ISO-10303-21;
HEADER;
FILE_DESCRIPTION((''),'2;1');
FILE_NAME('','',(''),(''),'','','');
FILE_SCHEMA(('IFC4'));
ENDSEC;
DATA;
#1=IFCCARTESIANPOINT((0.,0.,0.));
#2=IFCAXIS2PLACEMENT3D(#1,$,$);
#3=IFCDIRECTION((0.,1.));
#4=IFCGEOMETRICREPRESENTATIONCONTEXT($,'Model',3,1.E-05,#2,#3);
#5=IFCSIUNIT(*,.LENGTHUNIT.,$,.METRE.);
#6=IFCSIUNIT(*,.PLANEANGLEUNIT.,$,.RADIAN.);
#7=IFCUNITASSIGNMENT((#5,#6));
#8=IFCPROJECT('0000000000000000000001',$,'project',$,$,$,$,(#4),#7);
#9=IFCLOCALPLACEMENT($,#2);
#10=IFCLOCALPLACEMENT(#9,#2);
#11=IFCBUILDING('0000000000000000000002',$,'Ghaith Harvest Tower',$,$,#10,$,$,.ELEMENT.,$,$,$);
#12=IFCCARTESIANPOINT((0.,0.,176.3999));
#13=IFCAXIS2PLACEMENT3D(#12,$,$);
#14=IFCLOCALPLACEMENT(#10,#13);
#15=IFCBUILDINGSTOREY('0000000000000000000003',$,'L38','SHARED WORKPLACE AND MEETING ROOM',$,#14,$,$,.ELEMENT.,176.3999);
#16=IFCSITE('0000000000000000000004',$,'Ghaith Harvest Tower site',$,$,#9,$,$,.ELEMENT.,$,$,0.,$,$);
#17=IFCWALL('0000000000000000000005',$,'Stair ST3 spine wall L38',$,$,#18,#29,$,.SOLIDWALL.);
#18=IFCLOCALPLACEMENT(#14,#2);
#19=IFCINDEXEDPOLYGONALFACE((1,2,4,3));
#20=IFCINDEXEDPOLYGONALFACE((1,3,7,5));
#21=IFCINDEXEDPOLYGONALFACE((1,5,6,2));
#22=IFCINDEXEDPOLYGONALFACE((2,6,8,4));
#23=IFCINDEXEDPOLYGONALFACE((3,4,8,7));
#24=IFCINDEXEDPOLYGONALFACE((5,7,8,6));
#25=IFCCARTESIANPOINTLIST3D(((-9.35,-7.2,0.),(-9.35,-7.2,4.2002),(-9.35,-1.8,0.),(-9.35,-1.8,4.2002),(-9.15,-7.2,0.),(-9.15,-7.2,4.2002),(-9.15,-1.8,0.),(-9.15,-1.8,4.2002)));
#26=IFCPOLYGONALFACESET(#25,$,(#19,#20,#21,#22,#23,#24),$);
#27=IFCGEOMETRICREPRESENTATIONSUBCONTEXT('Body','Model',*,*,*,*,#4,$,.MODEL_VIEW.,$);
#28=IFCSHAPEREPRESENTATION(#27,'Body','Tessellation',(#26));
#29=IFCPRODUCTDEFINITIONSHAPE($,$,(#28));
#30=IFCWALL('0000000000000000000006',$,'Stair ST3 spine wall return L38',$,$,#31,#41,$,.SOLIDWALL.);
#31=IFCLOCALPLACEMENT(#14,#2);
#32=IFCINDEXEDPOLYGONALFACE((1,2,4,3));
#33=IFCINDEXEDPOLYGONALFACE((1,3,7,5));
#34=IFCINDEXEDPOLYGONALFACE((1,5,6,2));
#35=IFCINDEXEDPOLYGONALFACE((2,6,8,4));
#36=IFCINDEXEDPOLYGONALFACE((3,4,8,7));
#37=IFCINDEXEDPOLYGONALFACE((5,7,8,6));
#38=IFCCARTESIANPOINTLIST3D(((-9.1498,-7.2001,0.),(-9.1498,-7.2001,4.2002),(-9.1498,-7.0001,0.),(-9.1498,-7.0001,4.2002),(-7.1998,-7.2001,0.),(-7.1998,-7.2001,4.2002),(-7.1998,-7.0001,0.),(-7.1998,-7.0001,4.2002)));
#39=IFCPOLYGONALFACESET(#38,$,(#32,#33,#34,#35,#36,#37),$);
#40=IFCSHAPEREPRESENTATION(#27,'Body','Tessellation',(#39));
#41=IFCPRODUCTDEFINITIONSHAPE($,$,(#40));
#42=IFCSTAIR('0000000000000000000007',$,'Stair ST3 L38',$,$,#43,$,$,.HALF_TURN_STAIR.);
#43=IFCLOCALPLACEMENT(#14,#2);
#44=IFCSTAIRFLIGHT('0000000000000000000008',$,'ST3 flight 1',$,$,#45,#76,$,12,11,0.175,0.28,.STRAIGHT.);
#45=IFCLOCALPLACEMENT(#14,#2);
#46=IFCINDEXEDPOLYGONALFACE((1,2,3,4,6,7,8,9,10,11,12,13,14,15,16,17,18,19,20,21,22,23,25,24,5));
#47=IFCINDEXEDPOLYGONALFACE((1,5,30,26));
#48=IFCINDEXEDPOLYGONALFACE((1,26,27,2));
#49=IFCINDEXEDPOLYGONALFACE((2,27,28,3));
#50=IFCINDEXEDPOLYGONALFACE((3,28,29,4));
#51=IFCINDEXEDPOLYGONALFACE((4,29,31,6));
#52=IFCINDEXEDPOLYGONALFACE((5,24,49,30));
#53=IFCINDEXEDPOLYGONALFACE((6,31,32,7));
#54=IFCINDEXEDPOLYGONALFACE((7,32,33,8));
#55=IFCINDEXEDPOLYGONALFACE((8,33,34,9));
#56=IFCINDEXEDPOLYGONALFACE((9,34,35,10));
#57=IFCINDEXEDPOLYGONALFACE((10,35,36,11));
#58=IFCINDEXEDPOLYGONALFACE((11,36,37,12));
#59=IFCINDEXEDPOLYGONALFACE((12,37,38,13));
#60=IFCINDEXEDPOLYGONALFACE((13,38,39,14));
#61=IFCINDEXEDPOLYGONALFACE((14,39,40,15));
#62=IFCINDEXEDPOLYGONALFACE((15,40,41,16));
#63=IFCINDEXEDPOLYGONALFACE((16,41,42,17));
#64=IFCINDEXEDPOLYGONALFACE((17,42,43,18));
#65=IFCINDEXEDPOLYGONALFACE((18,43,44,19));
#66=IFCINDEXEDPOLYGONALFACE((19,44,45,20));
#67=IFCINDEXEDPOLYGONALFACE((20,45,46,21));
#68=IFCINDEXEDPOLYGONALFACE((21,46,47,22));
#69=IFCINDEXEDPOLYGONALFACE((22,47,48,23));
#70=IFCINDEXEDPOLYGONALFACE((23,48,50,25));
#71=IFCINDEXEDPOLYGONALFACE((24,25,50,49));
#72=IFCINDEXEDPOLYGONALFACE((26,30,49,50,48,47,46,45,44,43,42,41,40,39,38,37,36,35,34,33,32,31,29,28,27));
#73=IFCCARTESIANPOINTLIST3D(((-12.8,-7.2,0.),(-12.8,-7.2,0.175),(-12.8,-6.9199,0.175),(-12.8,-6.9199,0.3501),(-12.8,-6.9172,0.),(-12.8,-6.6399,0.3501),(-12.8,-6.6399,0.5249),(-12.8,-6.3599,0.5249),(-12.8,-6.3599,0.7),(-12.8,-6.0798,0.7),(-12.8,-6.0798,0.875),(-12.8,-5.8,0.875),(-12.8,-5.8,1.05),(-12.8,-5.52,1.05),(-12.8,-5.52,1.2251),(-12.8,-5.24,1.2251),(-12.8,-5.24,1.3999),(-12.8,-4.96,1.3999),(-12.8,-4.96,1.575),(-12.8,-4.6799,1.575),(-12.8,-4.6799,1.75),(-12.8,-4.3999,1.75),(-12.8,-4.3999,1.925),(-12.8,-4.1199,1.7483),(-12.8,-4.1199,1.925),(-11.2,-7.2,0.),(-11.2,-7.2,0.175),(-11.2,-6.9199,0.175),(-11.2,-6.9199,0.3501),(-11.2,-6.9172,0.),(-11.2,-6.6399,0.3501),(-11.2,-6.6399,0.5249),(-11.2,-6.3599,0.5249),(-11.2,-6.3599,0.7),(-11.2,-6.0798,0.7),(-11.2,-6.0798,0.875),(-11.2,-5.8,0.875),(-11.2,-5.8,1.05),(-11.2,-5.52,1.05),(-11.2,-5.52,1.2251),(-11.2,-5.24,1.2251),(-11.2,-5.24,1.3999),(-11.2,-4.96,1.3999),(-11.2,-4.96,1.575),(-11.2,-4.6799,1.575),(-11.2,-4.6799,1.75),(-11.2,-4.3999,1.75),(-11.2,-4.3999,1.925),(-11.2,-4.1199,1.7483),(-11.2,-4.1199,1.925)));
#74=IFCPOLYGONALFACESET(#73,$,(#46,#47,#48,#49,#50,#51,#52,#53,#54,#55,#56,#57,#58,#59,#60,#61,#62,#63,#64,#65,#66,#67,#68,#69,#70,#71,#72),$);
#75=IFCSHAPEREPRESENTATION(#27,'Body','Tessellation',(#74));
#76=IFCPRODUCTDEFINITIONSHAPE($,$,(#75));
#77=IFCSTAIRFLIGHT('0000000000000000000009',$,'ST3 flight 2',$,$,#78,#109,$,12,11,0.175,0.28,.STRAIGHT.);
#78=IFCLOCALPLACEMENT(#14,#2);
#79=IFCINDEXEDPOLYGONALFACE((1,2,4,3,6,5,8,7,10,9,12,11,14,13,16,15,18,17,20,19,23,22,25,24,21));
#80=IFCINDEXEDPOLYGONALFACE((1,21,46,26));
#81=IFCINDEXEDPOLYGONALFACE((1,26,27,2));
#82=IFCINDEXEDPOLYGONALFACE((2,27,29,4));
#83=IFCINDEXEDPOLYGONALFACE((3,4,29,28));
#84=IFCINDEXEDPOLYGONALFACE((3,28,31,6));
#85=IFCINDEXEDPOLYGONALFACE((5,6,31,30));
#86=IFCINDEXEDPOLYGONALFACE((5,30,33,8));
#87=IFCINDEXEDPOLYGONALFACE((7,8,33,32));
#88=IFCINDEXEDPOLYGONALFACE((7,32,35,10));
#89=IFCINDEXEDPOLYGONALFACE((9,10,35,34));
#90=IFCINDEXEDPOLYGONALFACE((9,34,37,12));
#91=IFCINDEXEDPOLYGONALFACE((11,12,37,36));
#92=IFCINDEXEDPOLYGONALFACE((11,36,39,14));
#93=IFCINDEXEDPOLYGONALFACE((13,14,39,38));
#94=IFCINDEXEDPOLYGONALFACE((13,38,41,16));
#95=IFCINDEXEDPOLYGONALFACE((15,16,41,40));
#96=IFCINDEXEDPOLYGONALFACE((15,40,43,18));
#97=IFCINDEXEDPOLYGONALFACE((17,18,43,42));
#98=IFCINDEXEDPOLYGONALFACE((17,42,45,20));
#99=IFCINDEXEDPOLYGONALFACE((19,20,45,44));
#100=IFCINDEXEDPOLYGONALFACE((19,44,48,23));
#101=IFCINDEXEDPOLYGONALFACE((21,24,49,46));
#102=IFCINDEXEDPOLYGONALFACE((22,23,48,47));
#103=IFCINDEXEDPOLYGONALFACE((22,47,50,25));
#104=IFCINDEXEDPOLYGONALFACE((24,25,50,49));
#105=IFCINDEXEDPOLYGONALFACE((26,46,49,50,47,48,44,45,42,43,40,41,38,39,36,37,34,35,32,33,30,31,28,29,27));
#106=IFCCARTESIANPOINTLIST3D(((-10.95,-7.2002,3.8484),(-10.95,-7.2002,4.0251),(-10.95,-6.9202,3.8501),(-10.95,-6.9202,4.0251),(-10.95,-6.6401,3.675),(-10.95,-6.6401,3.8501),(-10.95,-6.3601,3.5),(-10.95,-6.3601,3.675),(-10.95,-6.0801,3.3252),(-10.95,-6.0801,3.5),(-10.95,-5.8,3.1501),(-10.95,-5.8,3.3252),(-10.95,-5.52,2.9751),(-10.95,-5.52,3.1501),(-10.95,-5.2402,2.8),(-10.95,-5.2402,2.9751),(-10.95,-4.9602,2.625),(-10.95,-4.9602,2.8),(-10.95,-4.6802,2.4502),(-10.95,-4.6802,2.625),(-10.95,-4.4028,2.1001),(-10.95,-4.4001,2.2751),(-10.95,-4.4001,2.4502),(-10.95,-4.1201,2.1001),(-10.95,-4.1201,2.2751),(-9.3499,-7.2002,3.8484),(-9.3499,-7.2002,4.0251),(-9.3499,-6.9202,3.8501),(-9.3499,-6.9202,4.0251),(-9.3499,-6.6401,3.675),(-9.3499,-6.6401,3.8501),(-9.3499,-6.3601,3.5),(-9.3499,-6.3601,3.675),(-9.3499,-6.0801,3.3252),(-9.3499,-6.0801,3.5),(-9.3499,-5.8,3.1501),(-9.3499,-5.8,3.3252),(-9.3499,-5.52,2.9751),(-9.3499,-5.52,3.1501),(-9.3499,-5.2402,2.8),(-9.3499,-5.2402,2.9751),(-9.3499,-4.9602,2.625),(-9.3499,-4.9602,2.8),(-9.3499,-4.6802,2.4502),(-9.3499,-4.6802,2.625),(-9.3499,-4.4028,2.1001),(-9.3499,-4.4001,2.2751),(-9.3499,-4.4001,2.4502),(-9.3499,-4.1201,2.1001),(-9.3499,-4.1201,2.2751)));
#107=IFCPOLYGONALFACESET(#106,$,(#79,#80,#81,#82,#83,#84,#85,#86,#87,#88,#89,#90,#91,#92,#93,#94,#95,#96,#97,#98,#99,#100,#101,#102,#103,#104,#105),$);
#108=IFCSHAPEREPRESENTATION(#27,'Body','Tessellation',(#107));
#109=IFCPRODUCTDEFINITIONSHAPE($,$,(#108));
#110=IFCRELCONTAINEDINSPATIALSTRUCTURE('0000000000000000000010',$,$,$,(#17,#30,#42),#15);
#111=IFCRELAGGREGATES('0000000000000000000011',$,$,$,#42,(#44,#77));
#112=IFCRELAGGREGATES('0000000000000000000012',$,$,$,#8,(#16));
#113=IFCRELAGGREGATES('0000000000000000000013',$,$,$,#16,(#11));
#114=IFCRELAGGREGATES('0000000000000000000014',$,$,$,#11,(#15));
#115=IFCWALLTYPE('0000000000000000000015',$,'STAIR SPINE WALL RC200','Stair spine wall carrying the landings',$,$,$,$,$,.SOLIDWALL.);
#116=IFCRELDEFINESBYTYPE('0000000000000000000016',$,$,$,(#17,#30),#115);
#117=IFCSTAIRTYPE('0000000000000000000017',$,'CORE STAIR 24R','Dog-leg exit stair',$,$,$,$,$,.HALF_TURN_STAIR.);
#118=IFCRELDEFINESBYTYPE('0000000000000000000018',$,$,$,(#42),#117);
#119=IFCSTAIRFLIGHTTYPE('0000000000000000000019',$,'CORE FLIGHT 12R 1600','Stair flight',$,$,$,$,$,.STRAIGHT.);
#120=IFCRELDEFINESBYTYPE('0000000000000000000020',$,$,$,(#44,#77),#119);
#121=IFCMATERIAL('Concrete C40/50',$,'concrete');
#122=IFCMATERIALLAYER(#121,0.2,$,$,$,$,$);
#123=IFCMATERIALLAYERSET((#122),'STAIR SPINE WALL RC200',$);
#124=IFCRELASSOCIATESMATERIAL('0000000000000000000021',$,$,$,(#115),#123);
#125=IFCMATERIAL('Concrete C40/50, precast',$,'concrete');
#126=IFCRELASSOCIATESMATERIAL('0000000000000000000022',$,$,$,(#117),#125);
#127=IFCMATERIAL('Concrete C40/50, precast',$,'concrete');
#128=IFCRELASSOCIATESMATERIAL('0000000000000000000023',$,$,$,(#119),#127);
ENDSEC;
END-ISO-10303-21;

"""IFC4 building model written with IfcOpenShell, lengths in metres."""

from ifc_helpers import new_model, si_unit, direction, frame, frame_2d, origin, place, context, subcontext, project, spatial, polyline, rectangle, outline, extrude, material, layer, layer_set, type_object, element, aggregate, save


model = new_model("IFC4")

# Units and contexts
model_context = context("Model", 3, precision=1e-05, world=origin(), true_north=direction((0.0, 1.0)))
body_context = subcontext(model_context, "Body", "Model", "MODEL_VIEW")
ifc_project = project(units=[si_unit("LENGTHUNIT", "METRE"), si_unit("PLANEANGLEUNIT", "RADIAN")], contexts=[model_context])

# Site, building, storey
site_placement = place(None, origin())
site = spatial("IfcSite", under=ifc_project, at=site_placement, Name="Ghaith Harvest Tower site", CompositionType="ELEMENT", RefElevation=0.0)
building_placement = place(site_placement, origin())
building = spatial("IfcBuilding", under=site, at=building_placement, Name="Ghaith Harvest Tower", CompositionType="ELEMENT")
storey_placement = place(building_placement, frame((0.0, 0.0, 176.3999)))
storey = spatial("IfcBuildingStorey", under=building, at=storey_placement, Name="L38", Description="SHARED WORKPLACE AND MEETING ROOM", CompositionType="ELEMENT", Elevation=176.3999)

# Walls
ifc_material_1 = material(Name="Concrete C40/50", Category="concrete")
ifc_layer_1 = layer(ifc_material_1, 0.2)
ifc_layer_set_1 = layer_set([ifc_layer_1], Name="STAIR SPINE WALL RC200")
wall_type_1 = type_object("IfcWallType", Name="STAIR SPINE WALL RC200", Description="Stair spine wall carrying the landings", PredefinedType="SOLIDWALL", material=ifc_layer_set_1)
wall_1_placement = place(storey_placement, frame((-9.25, -7.2, 0.0), z_axis=(0.0, 0.0, 1.0), x_axis=(0.0, 1.0, 0.0)))
element("IfcWall", 1, at=wall_1_placement, inside=storey, type_object=wall_type_1, Name="Stair ST3 spine wall L38", PredefinedType="SOLIDWALL", context=body_context, shape_type="SweptSolid", body=[
    extrude(rectangle(XDim=5.3999, YDim=0.2, at=frame_2d((2.7, 0.0))), origin(), (0.0, 0.0, 1.0), 4.2002),
])
wall_2_placement = place(storey_placement, frame((-9.1499, -7.1001, 0.0), z_axis=(0.0, 0.0, 1.0), x_axis=(1.0, 0.0, 0.0)))
element("IfcWall", 2, at=wall_2_placement, inside=storey, type_object=wall_type_1, Name="Stair ST3 spine wall return L38", PredefinedType="SOLIDWALL", context=body_context, shape_type="SweptSolid", body=[
    extrude(rectangle(XDim=1.95, YDim=0.2, at=frame_2d((0.9751, 0.0))), origin(), (0.0, 0.0, 1.0), 4.2002),
])

# Stair, stair flights
ifc_material_2 = material(Name="Concrete C40/50, precast", Category="concrete")
stair_type = type_object("IfcStairType", Name="CORE STAIR 24R", Description="Dog-leg exit stair", PredefinedType="HALF_TURN_STAIR", material=ifc_material_2)
stair_placement = place(storey_placement, origin())
stair = element("IfcStair", 3, at=stair_placement, inside=storey, type_object=stair_type, Name="Stair ST3 L38", PredefinedType="HALF_TURN_STAIR")
ifc_material_3 = material(Name="Concrete C40/50, precast", Category="concrete")
stair_flight_type = type_object("IfcStairFlightType", Name="CORE FLIGHT 12R 1600", Description="Stair flight", PredefinedType="STRAIGHT", material=ifc_material_3)
stair_flight_1_placement = place(storey_placement, frame((-12.0, -7.2, 0.0), z_axis=(0.0, 0.0, 1.0), x_axis=(0.0, 1.0, 0.0)))
stair_flight_1 = element("IfcStairFlight", 4, at=stair_flight_1_placement, type_object=stair_flight_type, Name="ST3 flight 1", NumberOfRisers=12, NumberOfTreads=11, PredefinedType="STRAIGHT", RiserHeight=0.175, TreadLength=0.28, context=body_context, shape_type="SweptSolid", body=[
    extrude(outline(polyline([(0.0, 0.0), (0.0, 0.175), (0.28, 0.175), (0.28, 0.3501), (0.5601, 0.3501), (0.5601, 0.5249), (0.8401, 0.5249), (0.8401, 0.7), (1.1201, 0.7), (1.1201, 0.875), (1.3999, 0.875), (1.3999, 1.05), (1.6799, 1.05), (1.6799, 1.2251), (1.96, 1.2251), (1.96, 1.3999), (2.24, 1.3999), (2.24, 1.575), (2.52, 1.575), (2.52, 1.75), (2.8, 1.75), (2.8, 1.925), (3.0801, 1.925), (3.0801, 2.1001), (3.0801, 1.7483), (0.2827, 0.0), (0.0, 0.0)])), frame((0.0, 0.8, 0.0), z_axis=(0.0, -1.0, 0.0), x_axis=(1.0, 0.0, 0.0)), (0.0, 0.0, 1.0), 1.6001),
])
stair_flight_2_placement = place(storey_placement, frame((-10.1499, -4.1201, 2.1001), z_axis=(0.0, 0.0, 1.0), x_axis=(0.0, -1.0, 0.0)))
stair_flight_2 = element("IfcStairFlight", 5, at=stair_flight_2_placement, type_object=stair_flight_type, Name="ST3 flight 2", NumberOfRisers=12, NumberOfTreads=11, PredefinedType="STRAIGHT", RiserHeight=0.175, TreadLength=0.28, context=body_context, shape_type="SweptSolid", body=[
    extrude(outline(polyline([(0.0, 0.0), (0.0, 0.175), (0.28, 0.175), (0.28, 0.3501), (0.5601, 0.3501), (0.5601, 0.5249), (0.8401, 0.5249), (0.8401, 0.7), (1.1201, 0.7), (1.1201, 0.875), (1.3999, 0.875), (1.3999, 1.05), (1.6799, 1.05), (1.6799, 1.2251), (1.96, 1.2251), (1.96, 1.3999), (2.24, 1.3999), (2.24, 1.575), (2.52, 1.575), (2.52, 1.75), (2.8, 1.75), (2.8, 1.925), (3.0801, 1.925), (3.0801, 2.1001), (3.0801, 1.7483), (0.2827, 0.0), (0.0, 0.0)])), frame((0.0, 0.8, 0.0), z_axis=(0.0, -1.0, 0.0), x_axis=(1.0, 0.0, 0.0)), (0.0, 0.0, 1.0), 1.6001),
])
aggregate(stair, [stair_flight_1, stair_flight_2])

save(model, "model.ifc")
